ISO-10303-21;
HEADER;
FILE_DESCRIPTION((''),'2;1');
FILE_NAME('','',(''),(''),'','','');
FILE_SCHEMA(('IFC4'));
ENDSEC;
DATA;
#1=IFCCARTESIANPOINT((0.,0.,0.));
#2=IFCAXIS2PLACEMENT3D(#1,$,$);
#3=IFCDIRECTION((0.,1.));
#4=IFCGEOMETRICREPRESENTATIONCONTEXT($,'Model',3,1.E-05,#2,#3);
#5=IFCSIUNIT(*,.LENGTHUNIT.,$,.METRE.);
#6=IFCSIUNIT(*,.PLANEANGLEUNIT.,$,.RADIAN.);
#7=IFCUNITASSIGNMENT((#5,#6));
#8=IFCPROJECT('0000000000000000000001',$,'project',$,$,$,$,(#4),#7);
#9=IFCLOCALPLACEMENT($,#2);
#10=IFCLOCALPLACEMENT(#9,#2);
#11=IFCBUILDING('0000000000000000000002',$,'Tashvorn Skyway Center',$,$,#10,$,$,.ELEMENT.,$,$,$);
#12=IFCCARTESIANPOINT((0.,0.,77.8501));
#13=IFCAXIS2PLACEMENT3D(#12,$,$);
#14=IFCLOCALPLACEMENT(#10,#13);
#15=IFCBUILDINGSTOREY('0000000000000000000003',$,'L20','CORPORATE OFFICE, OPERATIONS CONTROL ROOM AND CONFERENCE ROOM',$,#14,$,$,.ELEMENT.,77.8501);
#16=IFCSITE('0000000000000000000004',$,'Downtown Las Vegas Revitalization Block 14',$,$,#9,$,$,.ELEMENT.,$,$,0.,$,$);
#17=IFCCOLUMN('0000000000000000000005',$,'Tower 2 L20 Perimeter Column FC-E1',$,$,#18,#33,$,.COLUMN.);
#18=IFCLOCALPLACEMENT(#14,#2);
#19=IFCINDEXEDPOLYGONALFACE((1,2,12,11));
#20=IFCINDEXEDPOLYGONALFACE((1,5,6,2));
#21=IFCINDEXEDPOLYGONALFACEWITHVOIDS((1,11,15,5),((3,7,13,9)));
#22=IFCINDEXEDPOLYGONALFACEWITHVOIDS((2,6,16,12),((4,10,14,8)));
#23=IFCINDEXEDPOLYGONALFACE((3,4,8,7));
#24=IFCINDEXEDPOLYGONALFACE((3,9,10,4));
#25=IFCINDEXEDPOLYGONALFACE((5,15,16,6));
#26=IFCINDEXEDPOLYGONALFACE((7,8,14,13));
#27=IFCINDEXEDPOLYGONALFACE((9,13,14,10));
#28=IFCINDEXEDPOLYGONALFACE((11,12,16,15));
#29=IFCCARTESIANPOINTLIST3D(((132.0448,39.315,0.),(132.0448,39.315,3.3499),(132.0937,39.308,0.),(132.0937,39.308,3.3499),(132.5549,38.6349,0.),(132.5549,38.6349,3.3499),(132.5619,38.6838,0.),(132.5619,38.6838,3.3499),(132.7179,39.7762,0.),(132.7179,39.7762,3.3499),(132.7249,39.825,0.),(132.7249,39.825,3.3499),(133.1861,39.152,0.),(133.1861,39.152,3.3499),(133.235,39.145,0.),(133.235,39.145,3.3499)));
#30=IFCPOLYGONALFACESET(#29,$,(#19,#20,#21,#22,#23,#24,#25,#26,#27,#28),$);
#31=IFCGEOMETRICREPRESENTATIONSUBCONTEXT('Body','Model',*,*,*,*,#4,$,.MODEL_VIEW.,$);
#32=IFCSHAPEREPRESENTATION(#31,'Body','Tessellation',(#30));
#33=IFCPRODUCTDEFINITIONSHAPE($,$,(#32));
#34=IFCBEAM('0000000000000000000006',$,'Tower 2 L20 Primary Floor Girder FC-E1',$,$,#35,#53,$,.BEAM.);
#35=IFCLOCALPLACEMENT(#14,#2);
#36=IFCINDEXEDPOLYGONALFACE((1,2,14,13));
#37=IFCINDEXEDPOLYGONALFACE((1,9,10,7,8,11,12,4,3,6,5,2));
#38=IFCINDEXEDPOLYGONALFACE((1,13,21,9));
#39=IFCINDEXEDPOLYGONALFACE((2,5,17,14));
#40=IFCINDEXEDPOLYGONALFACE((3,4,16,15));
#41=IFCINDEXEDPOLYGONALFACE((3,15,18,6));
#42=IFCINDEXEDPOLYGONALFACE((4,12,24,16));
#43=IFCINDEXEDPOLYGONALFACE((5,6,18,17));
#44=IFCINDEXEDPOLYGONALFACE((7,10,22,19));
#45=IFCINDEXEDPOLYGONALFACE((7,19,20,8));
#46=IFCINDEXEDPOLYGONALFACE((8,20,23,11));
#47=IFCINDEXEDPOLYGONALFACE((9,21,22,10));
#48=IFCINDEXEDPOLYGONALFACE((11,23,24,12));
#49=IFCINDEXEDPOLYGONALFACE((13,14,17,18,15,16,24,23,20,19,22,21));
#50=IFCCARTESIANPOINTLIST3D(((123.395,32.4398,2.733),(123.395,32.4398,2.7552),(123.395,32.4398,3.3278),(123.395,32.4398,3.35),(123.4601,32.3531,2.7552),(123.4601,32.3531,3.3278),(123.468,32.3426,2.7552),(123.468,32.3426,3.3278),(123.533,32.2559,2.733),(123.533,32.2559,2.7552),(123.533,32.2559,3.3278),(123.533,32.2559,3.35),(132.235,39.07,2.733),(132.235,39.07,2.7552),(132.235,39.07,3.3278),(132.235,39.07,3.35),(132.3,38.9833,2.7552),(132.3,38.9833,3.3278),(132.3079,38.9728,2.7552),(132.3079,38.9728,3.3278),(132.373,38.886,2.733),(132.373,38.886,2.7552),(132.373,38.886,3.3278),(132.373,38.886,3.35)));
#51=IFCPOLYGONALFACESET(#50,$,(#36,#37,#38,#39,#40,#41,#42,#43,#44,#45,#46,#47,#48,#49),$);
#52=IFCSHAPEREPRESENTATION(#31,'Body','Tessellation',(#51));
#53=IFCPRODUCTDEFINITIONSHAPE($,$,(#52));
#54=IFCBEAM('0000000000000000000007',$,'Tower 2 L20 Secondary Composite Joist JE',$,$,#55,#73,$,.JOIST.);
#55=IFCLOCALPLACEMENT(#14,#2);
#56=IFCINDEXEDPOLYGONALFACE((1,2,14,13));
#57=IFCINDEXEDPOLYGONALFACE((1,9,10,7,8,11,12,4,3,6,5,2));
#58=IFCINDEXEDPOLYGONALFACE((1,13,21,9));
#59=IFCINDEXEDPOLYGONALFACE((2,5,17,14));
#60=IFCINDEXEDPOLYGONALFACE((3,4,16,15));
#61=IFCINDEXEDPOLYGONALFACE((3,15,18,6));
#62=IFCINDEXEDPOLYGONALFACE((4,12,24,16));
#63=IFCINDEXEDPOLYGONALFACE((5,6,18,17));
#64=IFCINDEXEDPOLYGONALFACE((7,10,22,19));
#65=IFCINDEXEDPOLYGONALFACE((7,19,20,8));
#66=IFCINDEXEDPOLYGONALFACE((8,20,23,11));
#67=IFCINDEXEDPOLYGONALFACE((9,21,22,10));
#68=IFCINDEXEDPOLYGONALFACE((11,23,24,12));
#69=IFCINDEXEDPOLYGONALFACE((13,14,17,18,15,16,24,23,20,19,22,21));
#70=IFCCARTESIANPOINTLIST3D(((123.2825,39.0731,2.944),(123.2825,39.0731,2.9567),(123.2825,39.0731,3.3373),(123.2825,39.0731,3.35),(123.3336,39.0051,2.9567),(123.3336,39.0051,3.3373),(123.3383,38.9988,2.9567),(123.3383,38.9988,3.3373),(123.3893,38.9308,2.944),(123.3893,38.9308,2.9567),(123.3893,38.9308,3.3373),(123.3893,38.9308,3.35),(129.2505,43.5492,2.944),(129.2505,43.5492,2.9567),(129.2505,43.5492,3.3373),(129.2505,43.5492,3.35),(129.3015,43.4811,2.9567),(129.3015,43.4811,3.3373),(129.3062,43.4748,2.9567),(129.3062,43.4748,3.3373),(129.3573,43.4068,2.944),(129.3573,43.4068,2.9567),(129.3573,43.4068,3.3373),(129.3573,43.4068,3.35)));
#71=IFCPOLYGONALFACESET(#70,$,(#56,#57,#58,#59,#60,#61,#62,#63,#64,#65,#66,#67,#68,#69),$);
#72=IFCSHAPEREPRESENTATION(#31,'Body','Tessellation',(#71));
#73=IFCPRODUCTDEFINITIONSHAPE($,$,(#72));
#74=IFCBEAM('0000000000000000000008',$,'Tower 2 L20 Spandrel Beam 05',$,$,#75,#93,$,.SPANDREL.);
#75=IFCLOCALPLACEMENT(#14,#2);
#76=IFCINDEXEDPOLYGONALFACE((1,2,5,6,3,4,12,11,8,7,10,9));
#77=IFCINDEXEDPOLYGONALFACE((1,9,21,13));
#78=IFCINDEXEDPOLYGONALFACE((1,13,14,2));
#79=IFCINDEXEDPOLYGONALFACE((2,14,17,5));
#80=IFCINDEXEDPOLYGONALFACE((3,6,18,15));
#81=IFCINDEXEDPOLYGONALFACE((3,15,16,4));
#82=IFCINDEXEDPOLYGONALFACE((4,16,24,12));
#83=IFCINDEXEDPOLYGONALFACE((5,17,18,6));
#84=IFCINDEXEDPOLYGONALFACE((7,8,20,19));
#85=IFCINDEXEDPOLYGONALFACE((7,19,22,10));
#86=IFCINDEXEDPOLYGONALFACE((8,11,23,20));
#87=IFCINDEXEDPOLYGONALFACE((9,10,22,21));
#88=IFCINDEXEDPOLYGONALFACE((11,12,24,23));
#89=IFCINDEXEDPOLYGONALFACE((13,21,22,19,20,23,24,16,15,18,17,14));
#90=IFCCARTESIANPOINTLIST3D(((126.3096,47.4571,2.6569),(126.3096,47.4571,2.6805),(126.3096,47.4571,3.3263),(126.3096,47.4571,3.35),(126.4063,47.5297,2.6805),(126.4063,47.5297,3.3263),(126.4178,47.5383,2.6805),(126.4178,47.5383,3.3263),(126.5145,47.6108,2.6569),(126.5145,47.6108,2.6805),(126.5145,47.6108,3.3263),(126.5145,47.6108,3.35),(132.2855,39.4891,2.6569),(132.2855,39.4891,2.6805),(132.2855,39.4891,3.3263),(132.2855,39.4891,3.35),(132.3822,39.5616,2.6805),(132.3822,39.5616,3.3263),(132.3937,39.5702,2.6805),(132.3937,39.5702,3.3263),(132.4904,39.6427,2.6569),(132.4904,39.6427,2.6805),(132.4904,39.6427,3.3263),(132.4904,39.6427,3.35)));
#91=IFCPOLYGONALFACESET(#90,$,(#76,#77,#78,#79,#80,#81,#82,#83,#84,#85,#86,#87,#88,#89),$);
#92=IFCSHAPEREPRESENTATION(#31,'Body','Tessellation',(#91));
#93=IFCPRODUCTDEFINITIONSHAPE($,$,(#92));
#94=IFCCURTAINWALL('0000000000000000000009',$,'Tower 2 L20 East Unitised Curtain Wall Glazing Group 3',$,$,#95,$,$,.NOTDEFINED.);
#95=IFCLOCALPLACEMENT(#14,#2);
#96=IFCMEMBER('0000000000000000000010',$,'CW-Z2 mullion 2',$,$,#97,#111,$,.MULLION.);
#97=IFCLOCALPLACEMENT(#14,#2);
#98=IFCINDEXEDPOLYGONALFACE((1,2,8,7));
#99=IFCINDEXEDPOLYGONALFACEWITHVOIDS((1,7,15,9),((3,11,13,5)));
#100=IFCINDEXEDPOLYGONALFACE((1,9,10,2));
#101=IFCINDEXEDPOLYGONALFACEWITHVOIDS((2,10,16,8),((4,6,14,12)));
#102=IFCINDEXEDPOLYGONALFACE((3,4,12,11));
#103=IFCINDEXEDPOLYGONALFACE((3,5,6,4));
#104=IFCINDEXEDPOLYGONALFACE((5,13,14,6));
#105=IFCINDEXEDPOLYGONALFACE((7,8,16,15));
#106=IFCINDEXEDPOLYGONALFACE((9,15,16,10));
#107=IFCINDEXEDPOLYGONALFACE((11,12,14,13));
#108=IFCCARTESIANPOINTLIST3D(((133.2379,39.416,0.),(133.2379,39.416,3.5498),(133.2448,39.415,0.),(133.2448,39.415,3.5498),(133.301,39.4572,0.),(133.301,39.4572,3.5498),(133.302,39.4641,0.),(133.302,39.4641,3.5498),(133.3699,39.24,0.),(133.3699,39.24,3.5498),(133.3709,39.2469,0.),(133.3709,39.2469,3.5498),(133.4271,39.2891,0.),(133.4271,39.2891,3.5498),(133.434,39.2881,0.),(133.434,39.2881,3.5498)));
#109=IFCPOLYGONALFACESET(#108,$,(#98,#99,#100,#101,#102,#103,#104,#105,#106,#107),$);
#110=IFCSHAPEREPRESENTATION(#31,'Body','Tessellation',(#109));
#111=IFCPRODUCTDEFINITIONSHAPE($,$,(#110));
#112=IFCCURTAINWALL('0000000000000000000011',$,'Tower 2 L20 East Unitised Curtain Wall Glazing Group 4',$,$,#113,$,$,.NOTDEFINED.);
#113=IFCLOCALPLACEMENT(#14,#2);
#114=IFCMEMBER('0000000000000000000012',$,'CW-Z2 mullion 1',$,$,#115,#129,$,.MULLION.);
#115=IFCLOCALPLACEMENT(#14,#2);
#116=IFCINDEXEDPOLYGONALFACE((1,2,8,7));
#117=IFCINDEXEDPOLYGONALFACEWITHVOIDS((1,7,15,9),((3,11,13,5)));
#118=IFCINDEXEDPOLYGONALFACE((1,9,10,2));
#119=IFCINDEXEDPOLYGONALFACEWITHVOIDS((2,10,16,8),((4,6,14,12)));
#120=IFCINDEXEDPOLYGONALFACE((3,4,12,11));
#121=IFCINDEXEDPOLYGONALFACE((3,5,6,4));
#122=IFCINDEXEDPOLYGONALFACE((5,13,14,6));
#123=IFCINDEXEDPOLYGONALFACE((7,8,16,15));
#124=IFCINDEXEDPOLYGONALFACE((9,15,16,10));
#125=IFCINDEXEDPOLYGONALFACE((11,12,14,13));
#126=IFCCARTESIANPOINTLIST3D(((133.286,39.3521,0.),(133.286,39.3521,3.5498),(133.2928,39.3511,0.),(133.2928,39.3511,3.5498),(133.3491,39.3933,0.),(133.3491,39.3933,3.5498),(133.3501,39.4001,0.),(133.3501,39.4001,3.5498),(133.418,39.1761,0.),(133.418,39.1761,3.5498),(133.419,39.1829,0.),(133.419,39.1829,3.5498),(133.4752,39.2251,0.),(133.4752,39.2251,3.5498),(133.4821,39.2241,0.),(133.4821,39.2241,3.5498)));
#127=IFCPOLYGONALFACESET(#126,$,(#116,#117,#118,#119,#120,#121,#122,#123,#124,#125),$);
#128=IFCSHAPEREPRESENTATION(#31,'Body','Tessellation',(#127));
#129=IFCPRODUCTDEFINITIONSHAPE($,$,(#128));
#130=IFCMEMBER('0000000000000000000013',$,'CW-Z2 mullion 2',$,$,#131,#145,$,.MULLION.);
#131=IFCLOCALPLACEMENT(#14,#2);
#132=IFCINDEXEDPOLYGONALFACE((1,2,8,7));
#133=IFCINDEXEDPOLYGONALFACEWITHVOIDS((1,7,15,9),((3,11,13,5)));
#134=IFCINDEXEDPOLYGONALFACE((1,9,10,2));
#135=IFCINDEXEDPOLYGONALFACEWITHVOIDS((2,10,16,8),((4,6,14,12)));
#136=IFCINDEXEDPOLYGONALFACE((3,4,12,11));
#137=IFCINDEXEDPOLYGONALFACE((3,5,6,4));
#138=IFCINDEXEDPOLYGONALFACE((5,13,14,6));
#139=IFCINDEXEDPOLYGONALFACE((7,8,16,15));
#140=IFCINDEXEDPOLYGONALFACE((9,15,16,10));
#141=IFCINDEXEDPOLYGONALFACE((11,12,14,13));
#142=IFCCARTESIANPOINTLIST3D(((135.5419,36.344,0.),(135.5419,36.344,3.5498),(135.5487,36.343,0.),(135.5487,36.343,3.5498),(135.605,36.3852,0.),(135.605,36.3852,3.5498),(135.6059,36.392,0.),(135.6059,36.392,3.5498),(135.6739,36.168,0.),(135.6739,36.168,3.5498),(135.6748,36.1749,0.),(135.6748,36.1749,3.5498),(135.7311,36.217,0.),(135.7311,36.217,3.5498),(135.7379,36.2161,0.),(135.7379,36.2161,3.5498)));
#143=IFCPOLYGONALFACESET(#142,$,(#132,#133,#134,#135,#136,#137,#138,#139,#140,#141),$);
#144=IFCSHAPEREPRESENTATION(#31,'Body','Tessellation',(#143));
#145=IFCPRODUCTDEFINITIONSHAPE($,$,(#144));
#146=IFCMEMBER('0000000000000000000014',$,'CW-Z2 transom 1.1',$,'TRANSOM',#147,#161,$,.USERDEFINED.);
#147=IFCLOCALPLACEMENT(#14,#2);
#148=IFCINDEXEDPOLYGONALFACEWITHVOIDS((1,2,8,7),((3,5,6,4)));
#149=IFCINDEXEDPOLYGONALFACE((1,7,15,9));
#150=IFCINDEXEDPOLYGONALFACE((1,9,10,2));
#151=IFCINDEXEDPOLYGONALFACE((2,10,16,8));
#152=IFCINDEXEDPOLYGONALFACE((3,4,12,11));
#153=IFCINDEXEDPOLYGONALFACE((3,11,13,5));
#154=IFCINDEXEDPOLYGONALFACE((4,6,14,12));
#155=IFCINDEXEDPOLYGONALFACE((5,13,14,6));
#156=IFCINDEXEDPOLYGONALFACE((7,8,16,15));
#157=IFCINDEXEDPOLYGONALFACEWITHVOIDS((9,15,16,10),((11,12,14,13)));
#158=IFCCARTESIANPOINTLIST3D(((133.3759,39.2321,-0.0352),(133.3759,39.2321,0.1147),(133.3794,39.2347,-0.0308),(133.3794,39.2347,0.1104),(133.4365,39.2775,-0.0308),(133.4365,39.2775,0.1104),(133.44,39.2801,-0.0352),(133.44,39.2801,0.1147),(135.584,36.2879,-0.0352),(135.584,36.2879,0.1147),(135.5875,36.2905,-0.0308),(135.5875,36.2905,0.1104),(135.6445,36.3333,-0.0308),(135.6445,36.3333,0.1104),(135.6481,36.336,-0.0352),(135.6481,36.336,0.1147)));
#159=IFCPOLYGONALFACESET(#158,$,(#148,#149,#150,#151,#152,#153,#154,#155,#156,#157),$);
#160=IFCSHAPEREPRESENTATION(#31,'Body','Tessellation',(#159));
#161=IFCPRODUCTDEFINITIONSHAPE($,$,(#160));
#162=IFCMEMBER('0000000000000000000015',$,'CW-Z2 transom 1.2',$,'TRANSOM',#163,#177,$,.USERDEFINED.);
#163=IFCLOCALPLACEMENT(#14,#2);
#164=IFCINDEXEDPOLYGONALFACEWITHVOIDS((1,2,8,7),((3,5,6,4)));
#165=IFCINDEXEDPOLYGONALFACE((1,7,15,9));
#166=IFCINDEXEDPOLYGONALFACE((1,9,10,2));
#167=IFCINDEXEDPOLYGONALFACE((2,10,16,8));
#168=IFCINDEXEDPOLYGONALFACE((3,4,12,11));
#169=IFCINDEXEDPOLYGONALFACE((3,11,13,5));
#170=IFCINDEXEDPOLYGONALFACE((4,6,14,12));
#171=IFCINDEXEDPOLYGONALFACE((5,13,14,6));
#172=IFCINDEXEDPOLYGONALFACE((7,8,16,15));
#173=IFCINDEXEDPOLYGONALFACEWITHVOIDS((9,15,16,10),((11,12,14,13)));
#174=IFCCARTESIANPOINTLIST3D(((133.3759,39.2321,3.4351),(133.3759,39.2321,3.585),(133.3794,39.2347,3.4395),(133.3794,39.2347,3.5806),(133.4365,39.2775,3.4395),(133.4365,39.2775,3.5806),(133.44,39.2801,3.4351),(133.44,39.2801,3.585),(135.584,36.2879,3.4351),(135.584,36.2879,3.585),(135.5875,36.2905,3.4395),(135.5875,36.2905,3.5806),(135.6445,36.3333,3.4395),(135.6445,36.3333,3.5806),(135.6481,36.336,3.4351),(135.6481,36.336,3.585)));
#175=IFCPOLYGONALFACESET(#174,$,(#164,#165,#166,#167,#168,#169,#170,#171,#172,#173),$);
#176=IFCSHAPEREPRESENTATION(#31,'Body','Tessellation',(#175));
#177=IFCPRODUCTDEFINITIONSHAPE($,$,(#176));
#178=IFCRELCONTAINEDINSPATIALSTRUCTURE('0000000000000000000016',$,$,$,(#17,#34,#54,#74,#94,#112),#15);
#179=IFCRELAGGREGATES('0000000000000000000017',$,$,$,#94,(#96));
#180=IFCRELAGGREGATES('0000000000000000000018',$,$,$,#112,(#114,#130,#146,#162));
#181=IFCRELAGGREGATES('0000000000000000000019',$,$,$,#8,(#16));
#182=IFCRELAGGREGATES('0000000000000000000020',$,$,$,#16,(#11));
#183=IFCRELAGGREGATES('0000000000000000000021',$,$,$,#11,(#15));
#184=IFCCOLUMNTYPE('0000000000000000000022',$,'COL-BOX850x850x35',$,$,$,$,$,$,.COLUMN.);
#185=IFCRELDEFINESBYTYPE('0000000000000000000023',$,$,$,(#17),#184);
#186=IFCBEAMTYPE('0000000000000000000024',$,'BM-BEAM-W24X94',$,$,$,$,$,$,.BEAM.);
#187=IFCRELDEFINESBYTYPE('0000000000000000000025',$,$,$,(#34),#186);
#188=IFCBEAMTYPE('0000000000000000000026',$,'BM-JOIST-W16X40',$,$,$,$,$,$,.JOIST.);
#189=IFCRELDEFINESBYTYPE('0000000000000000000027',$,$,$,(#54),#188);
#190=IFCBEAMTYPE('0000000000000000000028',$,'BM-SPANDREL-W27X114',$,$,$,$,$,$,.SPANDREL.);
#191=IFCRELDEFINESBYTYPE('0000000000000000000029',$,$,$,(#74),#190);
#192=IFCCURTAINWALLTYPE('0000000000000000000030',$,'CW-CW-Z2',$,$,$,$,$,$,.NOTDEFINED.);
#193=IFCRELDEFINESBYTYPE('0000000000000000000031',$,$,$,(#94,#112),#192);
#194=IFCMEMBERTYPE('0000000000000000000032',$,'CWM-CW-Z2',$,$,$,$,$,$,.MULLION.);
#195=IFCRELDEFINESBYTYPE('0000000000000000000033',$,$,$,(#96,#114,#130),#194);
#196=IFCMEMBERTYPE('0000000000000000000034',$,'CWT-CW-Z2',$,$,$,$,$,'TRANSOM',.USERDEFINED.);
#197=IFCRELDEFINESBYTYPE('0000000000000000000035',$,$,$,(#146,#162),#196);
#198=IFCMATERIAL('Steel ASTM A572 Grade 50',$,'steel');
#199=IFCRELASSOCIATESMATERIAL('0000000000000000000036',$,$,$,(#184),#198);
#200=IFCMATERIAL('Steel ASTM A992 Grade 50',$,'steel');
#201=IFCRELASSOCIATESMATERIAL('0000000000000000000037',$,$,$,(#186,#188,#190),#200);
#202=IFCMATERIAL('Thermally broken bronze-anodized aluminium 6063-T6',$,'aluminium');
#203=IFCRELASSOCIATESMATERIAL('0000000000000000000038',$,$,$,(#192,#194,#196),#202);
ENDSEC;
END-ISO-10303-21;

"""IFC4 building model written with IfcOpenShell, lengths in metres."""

from ifc_helpers import new_model, si_unit, direction, frame, origin, origin_2d, place, context, subcontext, project, spatial, hollow_rectangle, i_section, extrude, material, material_profile, profile_set, type_object, element, aggregate, save


model = new_model("IFC4")

# Units and contexts
model_context = context("Model", 3, precision=1e-05, world=origin(), true_north=direction((0.0, 1.0)))
body_context = subcontext(model_context, "Body", "Model", "MODEL_VIEW")
ifc_project = project(units=[si_unit("LENGTHUNIT", "METRE"), si_unit("PLANEANGLEUNIT", "RADIAN")], contexts=[model_context])

# Site, building, storey
site_placement = place(None, origin())
site = spatial("IfcSite", under=ifc_project, at=site_placement, Name="Downtown Las Vegas Revitalization Block 14", CompositionType="ELEMENT", RefElevation=0.0)
building_placement = place(site_placement, origin())
building = spatial("IfcBuilding", under=site, at=building_placement, Name="Tashvorn Skyway Center", CompositionType="ELEMENT")
storey_placement = place(building_placement, frame((0.0, 0.0, 77.8501)))
storey = spatial("IfcBuildingStorey", under=building, at=storey_placement, Name="L20", Description="CORPORATE OFFICE, OPERATIONS CONTROL ROOM AND CONFERENCE ROOM", CompositionType="ELEMENT", Elevation=77.8501)

# Column
ifc_material_1 = material(Name="Steel ASTM A572 Grade 50", Category="steel")
ifc_material_profile_1 = material_profile(ifc_material_1, hollow_rectangle(XDim=0.8501, YDim=0.8501, WallThickness=0.0349, at=origin_2d()), Name="BOX850x850x35")
ifc_profile_set_1 = profile_set([ifc_material_profile_1], Name="Steel ASTM A572 Grade 50")
column_type = type_object("IfcColumnType", Name="COL-BOX850x850x35", PredefinedType="COLUMN", material=ifc_profile_set_1)
column_placement = place(storey_placement, frame((132.6399, 39.23, 0.0), z_axis=(0.0, 0.0, 1.0), x_axis=(0.8, 0.6, 0.0)))
element("IfcColumn", 1, at=column_placement, inside=storey, type_object=column_type, Name="Tower 2 L20 Perimeter Column FC-E1", PredefinedType="COLUMN", context=body_context, shape_type="SweptSolid", body=[
    extrude(hollow_rectangle(XDim=0.8501, YDim=0.8501, WallThickness=0.0349, at=origin_2d()), origin(), (0.0, 0.0, 1.0), 3.3499),
])

# Beams
ifc_material_2 = material(Name="Steel ASTM A992 Grade 50", Category="steel")
ifc_material_profile_2 = material_profile(ifc_material_2, i_section(OverallWidth=0.23, OverallDepth=0.6169, WebThickness=0.0132, FlangeThickness=0.0222, at=origin_2d()), Name="W24X94")
ifc_profile_set_2 = profile_set([ifc_material_profile_2], Name="Steel ASTM A992 Grade 50")
beam_type_1 = type_object("IfcBeamType", Name="BM-BEAM-W24X94", PredefinedType="BEAM", material=ifc_profile_set_2)
beam_1_placement = place(storey_placement, frame((132.304, 38.978, 3.0415), z_axis=(-0.799989, -0.600014, 0.0), x_axis=(0.600014, -0.799989, 0.0)))
element("IfcBeam", 2, at=beam_1_placement, inside=storey, type_object=beam_type_1, Name="Tower 2 L20 Primary Floor Girder FC-E1", PredefinedType="BEAM", context=body_context, shape_type="SweptSolid", body=[
    extrude(i_section(OverallWidth=0.23, OverallDepth=0.6169, WebThickness=0.0132, FlangeThickness=0.0222, at=origin_2d()), origin(), (0.0, 0.0, 1.0), 11.05),
])
ifc_material_profile_3 = material_profile(ifc_material_2, i_section(OverallWidth=0.178, OverallDepth=0.406, WebThickness=0.0078, FlangeThickness=0.0127, at=origin_2d()), Name="W16X40")
ifc_profile_set_3 = profile_set([ifc_material_profile_3], Name="Steel ASTM A992 Grade 50")
beam_type_2 = type_object("IfcBeamType", Name="BM-JOIST-W16X40", PredefinedType="JOIST", material=ifc_profile_set_3)
beam_2_placement = place(storey_placement, frame((123.3359, 39.002, 3.147), z_axis=(0.799996, 0.600005, 0.0), x_axis=(-0.600005, 0.799996, 0.0)))
element("IfcBeam", 3, at=beam_2_placement, inside=storey, type_object=beam_type_2, Name="Tower 2 L20 Secondary Composite Joist JE", PredefinedType="JOIST", context=body_context, shape_type="SweptSolid", body=[
    extrude(i_section(OverallWidth=0.178, OverallDepth=0.406, WebThickness=0.0078, FlangeThickness=0.0127, at=origin_2d()), origin(), (0.0, 0.0, 1.0), 7.46),
])
ifc_material_profile_4 = material_profile(ifc_material_2, i_section(OverallWidth=0.2561, OverallDepth=0.6931, WebThickness=0.0144, FlangeThickness=0.0237, at=origin_2d()), Name="W27X114")
ifc_profile_set_4 = profile_set([ifc_material_profile_4], Name="Steel ASTM A992 Grade 50")
beam_type_3 = type_object("IfcBeamType", Name="BM-SPANDREL-W27X114", PredefinedType="SPANDREL", material=ifc_profile_set_4)
beam_3_placement = place(storey_placement, frame((132.3879, 39.5659, 3.0034), z_axis=(-0.599988, 0.800009, 0.0), x_axis=(-0.800009, -0.599988, 0.0)))
element("IfcBeam", 4, at=beam_3_placement, inside=storey, type_object=beam_type_3, Name="Tower 2 L20 Spandrel Beam 05", PredefinedType="SPANDREL", context=body_context, shape_type="SweptSolid", body=[
    extrude(i_section(OverallWidth=0.2561, OverallDepth=0.6931, WebThickness=0.0144, FlangeThickness=0.0237, at=origin_2d()), origin(), (0.0, 0.0, 1.0), 9.96),
])

# Curtain wall, member
ifc_material_3 = material(Name="Thermally broken bronze-anodized aluminium 6063-T6", Category="aluminium")
curtain_wall_type = type_object("IfcCurtainWallType", Name="CW-CW-Z2", PredefinedType="NOTDEFINED", material=ifc_material_3)
curtain_wall_1_placement = place(storey_placement, origin())
curtain_wall_1 = element("IfcCurtainWall", 5, at=curtain_wall_1_placement, inside=storey, type_object=curtain_wall_type, Name="Tower 2 L20 East Unitised Curtain Wall Glazing Group 3", PredefinedType="NOTDEFINED")
ifc_material_profile_5 = material_profile(ifc_material_3, hollow_rectangle(XDim=0.0801, YDim=0.22, WallThickness=0.0049, at=origin_2d()), Name="ALU-MULL-80x220")
ifc_profile_set_5 = profile_set([ifc_material_profile_5], Name="Thermally broken bronze-anodized aluminium 6063-T6")
member_type_1 = type_object("IfcMemberType", Name="CWM-CW-Z2", PredefinedType="MULLION", material=ifc_profile_set_5)
member_1_placement = place(storey_placement, frame((133.3359, 39.3521, 0.0), z_axis=(0.0, 0.0, 1.0), x_axis=(0.8, 0.6, 0.0)))
member_1 = element("IfcMember", 6, at=member_1_placement, type_object=member_type_1, Name="CW-Z2 mullion 2", PredefinedType="MULLION", context=body_context, shape_type="SweptSolid", body=[
    extrude(hollow_rectangle(XDim=0.0801, YDim=0.22, WallThickness=0.0049, at=origin_2d()), origin(), (0.0, 0.0, 1.0), 3.5498),
])
aggregate(curtain_wall_1, [member_1])

# Curtain wall, members
curtain_wall_2_placement = place(storey_placement, origin())
curtain_wall_2 = element("IfcCurtainWall", 7, at=curtain_wall_2_placement, inside=storey, type_object=curtain_wall_type, Name="Tower 2 L20 East Unitised Curtain Wall Glazing Group 4", PredefinedType="NOTDEFINED")
member_2_placement = place(storey_placement, frame((133.384, 39.2881, 0.0), z_axis=(0.0, 0.0, 1.0), x_axis=(0.8, 0.6, 0.0)))
member_2 = element("IfcMember", 8, at=member_2_placement, type_object=member_type_1, Name="CW-Z2 mullion 1", PredefinedType="MULLION", context=body_context, shape_type="SweptSolid", body=[
    extrude(hollow_rectangle(XDim=0.0801, YDim=0.22, WallThickness=0.0049, at=origin_2d()), origin(), (0.0, 0.0, 1.0), 3.5498),
])
member_3_placement = place(storey_placement, frame((135.6399, 36.28, 0.0), z_axis=(0.0, 0.0, 1.0), x_axis=(0.8, 0.6, 0.0)))
member_3 = element("IfcMember", 9, at=member_3_placement, type_object=member_type_1, Name="CW-Z2 mullion 2", PredefinedType="MULLION", context=body_context, shape_type="SweptSolid", body=[
    extrude(hollow_rectangle(XDim=0.0801, YDim=0.22, WallThickness=0.0049, at=origin_2d()), origin(), (0.0, 0.0, 1.0), 3.5498),
])
ifc_material_profile_6 = material_profile(ifc_material_3, hollow_rectangle(XDim=0.0801, YDim=0.1499, WallThickness=0.0044, at=origin_2d()), Name="ALU-TRAN-80x150")
ifc_profile_set_6 = profile_set([ifc_material_profile_6], Name="Thermally broken bronze-anodized aluminium 6063-T6")
member_type_2 = type_object("IfcMemberType", Name="CWT-CW-Z2", ElementType="TRANSOM", PredefinedType="USERDEFINED", material=ifc_profile_set_6)
member_4_placement = place(storey_placement, frame((133.408, 39.2561, 0.0398), z_axis=(0.599989, -0.800008, 0.0), x_axis=(0.800008, 0.599989, 0.0)))
member_4 = element("IfcMember", 10, at=member_4_placement, type_object=member_type_2, Name="CW-Z2 transom 1.1", ObjectType="TRANSOM", PredefinedType="USERDEFINED", context=body_context, shape_type="SweptSolid", body=[
    extrude(hollow_rectangle(XDim=0.0801, YDim=0.1499, WallThickness=0.0044, at=origin_2d()), origin(), (0.0, 0.0, 1.0), 3.6802),
])
member_5_placement = place(storey_placement, frame((133.408, 39.2561, 3.51), z_axis=(0.599989, -0.800008, 0.0), x_axis=(0.800008, 0.599989, 0.0)))
member_5 = element("IfcMember", 11, at=member_5_placement, type_object=member_type_2, Name="CW-Z2 transom 1.2", ObjectType="TRANSOM", PredefinedType="USERDEFINED", context=body_context, shape_type="SweptSolid", body=[
    extrude(hollow_rectangle(XDim=0.0801, YDim=0.1499, WallThickness=0.0044, at=origin_2d()), origin(), (0.0, 0.0, 1.0), 3.6802),
])
aggregate(curtain_wall_2, [member_2, member_3, member_4, member_5])

save(model, "model.ifc")
